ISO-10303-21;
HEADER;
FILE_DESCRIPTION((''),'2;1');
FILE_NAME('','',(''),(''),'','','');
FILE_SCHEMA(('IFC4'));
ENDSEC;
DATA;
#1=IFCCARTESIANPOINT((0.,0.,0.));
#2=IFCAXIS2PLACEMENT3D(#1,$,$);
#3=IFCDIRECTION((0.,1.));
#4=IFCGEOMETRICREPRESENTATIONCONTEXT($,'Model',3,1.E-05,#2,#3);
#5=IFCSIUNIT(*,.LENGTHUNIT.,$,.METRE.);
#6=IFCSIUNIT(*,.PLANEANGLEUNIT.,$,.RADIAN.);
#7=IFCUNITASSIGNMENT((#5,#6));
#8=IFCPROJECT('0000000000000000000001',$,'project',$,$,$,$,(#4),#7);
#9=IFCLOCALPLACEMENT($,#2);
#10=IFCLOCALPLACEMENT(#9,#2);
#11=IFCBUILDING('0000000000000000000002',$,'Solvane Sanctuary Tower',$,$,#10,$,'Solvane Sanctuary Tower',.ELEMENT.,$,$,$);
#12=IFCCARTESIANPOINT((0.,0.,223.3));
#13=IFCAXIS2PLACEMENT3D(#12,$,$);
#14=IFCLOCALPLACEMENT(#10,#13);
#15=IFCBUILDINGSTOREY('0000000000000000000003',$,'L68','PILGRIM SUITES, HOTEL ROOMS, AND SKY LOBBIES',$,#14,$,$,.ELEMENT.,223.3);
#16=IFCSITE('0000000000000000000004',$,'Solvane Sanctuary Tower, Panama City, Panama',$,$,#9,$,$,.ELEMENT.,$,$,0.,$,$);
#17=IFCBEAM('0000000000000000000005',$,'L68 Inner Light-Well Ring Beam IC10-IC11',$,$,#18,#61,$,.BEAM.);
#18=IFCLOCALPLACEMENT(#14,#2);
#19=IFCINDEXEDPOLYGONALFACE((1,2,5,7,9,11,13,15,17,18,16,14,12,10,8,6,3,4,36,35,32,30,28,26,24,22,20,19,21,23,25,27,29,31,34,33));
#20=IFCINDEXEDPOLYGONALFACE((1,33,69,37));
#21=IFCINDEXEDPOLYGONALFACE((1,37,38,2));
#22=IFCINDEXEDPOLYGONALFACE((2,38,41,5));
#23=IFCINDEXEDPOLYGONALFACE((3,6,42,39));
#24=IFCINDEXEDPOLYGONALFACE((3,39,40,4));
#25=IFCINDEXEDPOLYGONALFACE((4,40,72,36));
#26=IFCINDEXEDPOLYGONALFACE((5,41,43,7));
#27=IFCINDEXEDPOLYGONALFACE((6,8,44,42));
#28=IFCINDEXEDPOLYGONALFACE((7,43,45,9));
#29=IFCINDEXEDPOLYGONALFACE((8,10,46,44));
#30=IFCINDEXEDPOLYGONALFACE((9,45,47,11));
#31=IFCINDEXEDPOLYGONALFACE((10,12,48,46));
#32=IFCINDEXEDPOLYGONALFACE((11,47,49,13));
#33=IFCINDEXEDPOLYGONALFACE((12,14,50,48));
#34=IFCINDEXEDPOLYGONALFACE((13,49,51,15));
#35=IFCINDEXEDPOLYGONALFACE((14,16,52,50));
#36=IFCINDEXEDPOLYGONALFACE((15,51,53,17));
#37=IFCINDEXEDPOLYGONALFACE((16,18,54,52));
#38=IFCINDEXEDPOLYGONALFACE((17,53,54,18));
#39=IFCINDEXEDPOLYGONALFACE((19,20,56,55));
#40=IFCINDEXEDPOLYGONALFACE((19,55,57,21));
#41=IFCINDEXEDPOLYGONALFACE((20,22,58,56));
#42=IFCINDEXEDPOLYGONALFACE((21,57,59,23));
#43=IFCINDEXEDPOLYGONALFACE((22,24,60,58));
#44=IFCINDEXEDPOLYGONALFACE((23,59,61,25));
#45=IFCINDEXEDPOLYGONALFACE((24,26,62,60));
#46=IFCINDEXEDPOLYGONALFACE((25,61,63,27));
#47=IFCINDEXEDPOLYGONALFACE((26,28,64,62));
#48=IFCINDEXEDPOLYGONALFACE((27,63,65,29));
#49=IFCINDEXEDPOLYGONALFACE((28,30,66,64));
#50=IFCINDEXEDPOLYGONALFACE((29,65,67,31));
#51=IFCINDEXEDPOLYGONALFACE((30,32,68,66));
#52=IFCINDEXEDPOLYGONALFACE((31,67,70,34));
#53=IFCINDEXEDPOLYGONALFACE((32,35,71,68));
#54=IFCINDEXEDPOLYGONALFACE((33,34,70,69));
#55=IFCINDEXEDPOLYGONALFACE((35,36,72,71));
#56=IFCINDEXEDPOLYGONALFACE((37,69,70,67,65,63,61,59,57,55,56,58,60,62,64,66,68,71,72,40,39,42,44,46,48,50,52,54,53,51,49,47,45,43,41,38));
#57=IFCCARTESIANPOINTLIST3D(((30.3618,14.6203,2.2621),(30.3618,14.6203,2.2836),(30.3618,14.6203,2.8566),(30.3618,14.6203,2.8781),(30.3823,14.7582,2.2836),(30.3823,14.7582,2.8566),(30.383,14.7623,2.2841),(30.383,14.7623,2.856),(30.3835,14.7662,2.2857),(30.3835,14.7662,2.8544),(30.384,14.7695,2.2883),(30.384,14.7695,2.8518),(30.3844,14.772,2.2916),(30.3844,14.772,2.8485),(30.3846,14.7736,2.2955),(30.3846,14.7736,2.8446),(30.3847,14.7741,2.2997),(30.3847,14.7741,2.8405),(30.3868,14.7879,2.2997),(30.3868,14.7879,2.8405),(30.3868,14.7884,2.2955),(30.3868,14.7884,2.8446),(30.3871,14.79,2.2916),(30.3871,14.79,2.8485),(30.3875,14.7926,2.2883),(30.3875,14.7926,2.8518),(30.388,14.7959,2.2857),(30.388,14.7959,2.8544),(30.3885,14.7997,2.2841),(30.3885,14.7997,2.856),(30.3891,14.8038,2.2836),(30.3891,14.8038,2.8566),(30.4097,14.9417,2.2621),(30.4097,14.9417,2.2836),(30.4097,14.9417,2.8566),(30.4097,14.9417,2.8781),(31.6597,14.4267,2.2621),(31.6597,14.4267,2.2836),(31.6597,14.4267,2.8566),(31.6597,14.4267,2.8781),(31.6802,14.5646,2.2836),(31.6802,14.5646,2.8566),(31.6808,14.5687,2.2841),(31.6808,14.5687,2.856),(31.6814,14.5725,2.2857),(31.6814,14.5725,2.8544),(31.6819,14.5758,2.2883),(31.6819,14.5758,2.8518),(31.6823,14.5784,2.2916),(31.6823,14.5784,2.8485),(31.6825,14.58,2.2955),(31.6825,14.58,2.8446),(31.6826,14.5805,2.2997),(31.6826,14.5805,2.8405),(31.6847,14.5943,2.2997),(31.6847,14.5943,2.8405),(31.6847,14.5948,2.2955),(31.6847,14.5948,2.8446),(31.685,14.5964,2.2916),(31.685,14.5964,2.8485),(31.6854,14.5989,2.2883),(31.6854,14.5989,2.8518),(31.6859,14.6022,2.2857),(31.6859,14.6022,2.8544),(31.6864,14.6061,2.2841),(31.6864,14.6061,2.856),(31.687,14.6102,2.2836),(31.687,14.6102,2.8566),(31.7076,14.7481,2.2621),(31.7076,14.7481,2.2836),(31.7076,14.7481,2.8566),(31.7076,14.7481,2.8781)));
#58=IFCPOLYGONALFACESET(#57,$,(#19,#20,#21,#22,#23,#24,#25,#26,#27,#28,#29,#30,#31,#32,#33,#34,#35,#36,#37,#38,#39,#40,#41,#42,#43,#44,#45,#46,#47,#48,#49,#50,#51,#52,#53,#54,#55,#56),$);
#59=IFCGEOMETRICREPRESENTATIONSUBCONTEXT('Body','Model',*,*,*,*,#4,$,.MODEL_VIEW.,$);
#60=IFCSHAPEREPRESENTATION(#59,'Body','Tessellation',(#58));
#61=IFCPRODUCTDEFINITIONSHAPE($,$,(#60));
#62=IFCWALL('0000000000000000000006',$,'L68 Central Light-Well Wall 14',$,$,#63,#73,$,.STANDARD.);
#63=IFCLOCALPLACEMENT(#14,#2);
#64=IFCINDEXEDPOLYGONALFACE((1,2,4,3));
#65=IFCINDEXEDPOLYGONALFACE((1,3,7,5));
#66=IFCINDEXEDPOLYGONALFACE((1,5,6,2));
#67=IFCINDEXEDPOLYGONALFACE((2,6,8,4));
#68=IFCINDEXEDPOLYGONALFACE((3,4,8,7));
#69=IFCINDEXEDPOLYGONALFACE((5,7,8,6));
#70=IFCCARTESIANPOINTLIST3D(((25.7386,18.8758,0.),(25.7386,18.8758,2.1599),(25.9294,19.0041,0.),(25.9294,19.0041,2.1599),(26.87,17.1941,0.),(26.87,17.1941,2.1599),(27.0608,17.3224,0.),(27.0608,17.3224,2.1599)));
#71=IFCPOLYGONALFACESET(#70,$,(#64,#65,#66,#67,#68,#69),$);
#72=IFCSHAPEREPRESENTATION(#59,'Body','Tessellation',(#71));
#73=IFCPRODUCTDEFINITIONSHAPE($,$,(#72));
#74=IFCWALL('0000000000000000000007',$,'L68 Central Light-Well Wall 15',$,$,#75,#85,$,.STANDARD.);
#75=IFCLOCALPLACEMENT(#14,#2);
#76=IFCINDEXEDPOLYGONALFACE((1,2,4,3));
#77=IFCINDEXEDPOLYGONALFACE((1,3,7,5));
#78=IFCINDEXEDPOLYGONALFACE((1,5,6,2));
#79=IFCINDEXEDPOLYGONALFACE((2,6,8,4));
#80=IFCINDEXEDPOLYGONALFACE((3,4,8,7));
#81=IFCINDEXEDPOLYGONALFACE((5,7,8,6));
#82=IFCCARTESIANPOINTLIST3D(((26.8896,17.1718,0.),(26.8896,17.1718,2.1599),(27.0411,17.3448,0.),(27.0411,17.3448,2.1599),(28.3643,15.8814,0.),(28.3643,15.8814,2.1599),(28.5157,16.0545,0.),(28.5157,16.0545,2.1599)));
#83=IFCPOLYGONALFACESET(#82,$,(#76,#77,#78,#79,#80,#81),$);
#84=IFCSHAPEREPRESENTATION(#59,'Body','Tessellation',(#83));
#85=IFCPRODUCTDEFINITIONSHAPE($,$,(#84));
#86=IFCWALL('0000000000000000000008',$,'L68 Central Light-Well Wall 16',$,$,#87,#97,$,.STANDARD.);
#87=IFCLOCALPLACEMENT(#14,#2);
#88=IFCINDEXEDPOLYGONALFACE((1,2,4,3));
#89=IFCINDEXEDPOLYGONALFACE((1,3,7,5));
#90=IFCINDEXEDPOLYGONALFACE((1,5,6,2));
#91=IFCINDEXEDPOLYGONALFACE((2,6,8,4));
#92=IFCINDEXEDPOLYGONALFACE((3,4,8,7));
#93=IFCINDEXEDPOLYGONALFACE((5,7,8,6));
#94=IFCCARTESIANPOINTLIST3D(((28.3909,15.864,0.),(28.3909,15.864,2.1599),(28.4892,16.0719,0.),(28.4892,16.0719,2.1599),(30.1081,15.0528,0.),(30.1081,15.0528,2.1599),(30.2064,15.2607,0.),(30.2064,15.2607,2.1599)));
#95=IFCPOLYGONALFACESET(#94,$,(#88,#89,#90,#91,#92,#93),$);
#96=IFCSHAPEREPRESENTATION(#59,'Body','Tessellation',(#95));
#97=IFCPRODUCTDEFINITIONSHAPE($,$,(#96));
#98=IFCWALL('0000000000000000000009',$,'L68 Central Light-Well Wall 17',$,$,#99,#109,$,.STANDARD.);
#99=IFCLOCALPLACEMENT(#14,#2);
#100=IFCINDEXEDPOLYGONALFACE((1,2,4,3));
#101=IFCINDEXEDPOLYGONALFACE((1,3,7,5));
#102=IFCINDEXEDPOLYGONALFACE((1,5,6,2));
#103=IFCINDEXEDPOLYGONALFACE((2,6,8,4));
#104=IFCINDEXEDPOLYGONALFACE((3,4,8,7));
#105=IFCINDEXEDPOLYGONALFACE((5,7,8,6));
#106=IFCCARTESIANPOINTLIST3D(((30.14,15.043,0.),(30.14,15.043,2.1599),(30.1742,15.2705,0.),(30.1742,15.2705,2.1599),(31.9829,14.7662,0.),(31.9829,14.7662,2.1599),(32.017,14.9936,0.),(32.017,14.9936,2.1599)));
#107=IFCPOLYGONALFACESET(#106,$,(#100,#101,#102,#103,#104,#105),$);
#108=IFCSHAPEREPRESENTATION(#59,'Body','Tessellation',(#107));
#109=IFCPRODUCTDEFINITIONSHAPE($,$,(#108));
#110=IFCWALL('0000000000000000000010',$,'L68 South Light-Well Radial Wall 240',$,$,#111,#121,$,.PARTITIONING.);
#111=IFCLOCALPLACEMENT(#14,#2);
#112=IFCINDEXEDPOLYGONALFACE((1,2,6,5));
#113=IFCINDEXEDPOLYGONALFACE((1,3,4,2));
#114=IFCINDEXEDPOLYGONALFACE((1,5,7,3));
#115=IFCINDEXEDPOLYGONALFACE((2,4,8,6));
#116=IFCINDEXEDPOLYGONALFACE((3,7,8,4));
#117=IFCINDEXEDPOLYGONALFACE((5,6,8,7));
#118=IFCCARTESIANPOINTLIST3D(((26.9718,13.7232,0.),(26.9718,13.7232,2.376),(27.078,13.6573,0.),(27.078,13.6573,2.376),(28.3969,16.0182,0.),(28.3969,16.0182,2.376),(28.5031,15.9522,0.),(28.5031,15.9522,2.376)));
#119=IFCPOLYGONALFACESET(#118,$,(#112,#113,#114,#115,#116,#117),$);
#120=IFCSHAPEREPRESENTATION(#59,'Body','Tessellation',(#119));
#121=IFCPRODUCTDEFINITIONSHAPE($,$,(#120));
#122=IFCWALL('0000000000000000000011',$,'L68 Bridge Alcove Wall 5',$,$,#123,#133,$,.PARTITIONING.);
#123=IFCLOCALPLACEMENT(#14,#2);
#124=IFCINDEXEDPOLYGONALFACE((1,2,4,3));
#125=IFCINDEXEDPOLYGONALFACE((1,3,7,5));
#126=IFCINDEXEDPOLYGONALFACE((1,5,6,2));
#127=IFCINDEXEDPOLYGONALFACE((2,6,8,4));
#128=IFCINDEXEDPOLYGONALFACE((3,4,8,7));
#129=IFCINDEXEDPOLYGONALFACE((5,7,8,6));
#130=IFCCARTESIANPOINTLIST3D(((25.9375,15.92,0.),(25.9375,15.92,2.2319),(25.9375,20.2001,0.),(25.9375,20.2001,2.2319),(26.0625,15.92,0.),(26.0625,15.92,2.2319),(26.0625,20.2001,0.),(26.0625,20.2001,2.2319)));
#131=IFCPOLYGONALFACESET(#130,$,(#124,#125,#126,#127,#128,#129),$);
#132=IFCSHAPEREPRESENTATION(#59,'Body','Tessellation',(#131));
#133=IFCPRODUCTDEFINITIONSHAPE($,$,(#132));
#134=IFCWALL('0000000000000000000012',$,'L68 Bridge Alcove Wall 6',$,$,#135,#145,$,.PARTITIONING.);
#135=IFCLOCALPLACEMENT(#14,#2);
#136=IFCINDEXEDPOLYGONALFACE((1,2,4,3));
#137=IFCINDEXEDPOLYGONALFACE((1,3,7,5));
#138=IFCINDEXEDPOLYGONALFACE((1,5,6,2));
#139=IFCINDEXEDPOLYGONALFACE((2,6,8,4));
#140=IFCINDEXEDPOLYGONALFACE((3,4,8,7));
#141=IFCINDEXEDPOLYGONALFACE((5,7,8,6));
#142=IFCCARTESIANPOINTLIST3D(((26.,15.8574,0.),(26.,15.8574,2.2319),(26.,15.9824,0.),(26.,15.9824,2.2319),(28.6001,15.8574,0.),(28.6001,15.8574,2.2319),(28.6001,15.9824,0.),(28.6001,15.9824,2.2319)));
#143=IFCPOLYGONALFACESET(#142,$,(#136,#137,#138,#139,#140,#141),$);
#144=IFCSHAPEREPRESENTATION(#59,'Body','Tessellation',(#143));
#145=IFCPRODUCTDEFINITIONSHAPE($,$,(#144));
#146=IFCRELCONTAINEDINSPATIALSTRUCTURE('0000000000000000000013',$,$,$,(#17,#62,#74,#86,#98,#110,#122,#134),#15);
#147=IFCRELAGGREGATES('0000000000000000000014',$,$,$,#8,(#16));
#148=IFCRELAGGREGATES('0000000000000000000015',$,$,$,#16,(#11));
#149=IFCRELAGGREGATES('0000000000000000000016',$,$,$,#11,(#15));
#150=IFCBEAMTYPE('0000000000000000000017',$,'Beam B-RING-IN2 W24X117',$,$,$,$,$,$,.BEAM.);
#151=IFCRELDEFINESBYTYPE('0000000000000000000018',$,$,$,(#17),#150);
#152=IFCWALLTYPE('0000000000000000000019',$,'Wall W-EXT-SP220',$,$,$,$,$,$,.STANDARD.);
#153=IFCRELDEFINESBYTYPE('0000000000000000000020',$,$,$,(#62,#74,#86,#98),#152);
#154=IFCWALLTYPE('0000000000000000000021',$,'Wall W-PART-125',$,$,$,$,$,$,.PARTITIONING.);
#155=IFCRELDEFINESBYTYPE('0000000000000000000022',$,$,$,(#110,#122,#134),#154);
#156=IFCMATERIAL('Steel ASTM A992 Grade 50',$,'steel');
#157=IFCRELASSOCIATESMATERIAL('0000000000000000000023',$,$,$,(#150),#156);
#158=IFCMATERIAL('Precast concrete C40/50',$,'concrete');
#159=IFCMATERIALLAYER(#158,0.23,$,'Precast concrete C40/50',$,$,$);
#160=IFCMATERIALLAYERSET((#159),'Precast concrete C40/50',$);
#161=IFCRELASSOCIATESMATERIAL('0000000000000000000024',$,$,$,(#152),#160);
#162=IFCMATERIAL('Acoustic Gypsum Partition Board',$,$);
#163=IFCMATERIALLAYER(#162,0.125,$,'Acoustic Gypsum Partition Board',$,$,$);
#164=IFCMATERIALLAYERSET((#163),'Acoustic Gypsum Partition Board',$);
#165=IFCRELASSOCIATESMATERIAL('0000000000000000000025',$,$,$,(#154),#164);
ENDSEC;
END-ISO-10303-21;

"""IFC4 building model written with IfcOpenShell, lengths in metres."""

from ifc_helpers import new_model, si_unit, direction, frame, frame_2d, origin, origin_2d, place, context, subcontext, project, spatial, rectangle, i_section, extrude, material, layer, layer_set, material_profile, profile_set, type_object, element, save


model = new_model("IFC4")

# Units and contexts
model_context = context("Model", 3, precision=1e-05, world=origin(), true_north=direction((0.0, 1.0)))
body_context = subcontext(model_context, "Body", "Model", "MODEL_VIEW")
ifc_project = project(units=[si_unit("LENGTHUNIT", "METRE"), si_unit("PLANEANGLEUNIT", "RADIAN")], contexts=[model_context])

# Site, building, storey
site_placement = place(None, origin())
site = spatial("IfcSite", under=ifc_project, at=site_placement, Name="Solvane Sanctuary Tower, Panama City, Panama", CompositionType="ELEMENT", RefElevation=0.0)
building_placement = place(site_placement, origin())
building = spatial("IfcBuilding", under=site, at=building_placement, Name="Solvane Sanctuary Tower", LongName="Solvane Sanctuary Tower", CompositionType="ELEMENT")
storey_placement = place(building_placement, frame((0.0, 0.0, 223.3)))
storey = spatial("IfcBuildingStorey", under=building, at=storey_placement, Name="L68", Description="PILGRIM SUITES, HOTEL ROOMS, AND SKY LOBBIES", CompositionType="ELEMENT", Elevation=223.3)

# Beam
ifc_material_1 = material(Name="Steel ASTM A992 Grade 50", Category="steel")
ifc_material_profile_1 = material_profile(ifc_material_1, i_section(OverallWidth=0.325, OverallDepth=0.616, WebThickness=0.0139, FlangeThickness=0.0215, FilletRadius=0.0161, at=origin_2d()), Name="W24X117")
ifc_profile_set_1 = profile_set([ifc_material_profile_1], Name="Steel ASTM A992 Grade 50")
beam_type_1 = type_object("IfcBeamType", Name="Beam B-RING-IN2 W24X117", PredefinedType="BEAM", material=ifc_profile_set_1)
beam_1_placement = place(storey_placement, frame((30.3857, 14.781, 2.5701), z_axis=(0.989056, -0.14754, 0.0), x_axis=(0.14754, 0.989056, 0.0)))
element("IfcBeam", 1, at=beam_1_placement, inside=storey, type_object=beam_type_1, Name="L68 Inner Light-Well Ring Beam IC10-IC11", PredefinedType="BEAM", context=body_context, shape_type="SweptSolid", body=[
    extrude(i_section(OverallWidth=0.325, OverallDepth=0.616, WebThickness=0.0139, FlangeThickness=0.0215, FilletRadius=0.0161, at=origin_2d()), origin(), (0.0, 0.0, 1.0), 1.3123),
])

# Walls
ifc_material_2 = material(Name="Precast concrete C40/50", Category="concrete")
ifc_layer_1 = layer(ifc_material_2, 0.23, Name="Precast concrete C40/50")
ifc_layer_set_1 = layer_set([ifc_layer_1], Name="Precast concrete C40/50")
wall_type_1 = type_object("IfcWallType", Name="Wall W-EXT-SP220", PredefinedType="STANDARD", material=ifc_layer_set_1)
wall_1_placement = place(storey_placement, frame((25.834, 18.9399, 0.0), z_axis=(0.0, 0.0, 1.0), x_axis=(0.558198, -0.829708, 0.0)))
element("IfcWall", 2, at=wall_1_placement, inside=storey, type_object=wall_type_1, Name="L68 Central Light-Well Wall 14", PredefinedType="STANDARD", context=body_context, shape_type="SweptSolid", body=[
    extrude(rectangle(XDim=2.0269, YDim=0.23, at=frame_2d((1.0134, 0.0))), origin(), (0.0, 0.0, 1.0), 2.1599),
])
wall_2_placement = place(storey_placement, frame((26.9653, 17.2583, 0.0), z_axis=(0.0, 0.0, 1.0), x_axis=(0.752577, -0.658505, 0.0)))
element("IfcWall", 3, at=wall_2_placement, inside=storey, type_object=wall_type_1, Name="L68 Central Light-Well Wall 15", PredefinedType="STANDARD", context=body_context, shape_type="SweptSolid", body=[
    extrude(rectangle(XDim=1.9595, YDim=0.23, at=frame_2d((0.9797, 0.0))), origin(), (0.0, 0.0, 1.0), 2.1599),
])
wall_3_placement = place(storey_placement, frame((28.4399, 15.968, 0.0), z_axis=(0.0, 0.0, 1.0), x_axis=(0.90418, -0.427152, 0.0)))
element("IfcWall", 4, at=wall_3_placement, inside=storey, type_object=wall_type_1, Name="L68 Central Light-Well Wall 16", PredefinedType="STANDARD", context=body_context, shape_type="SweptSolid", body=[
    extrude(rectangle(XDim=1.8992, YDim=0.23, at=frame_2d((0.9497, 0.0))), origin(), (0.0, 0.0, 1.0), 2.1599),
])
wall_4_placement = place(storey_placement, frame((30.1572, 15.1567, 0.0), z_axis=(0.0, 0.0, 1.0), x_axis=(0.988902, -0.148571, 0.0)))
element("IfcWall", 5, at=wall_4_placement, inside=storey, type_object=wall_type_1, Name="L68 Central Light-Well Wall 17", PredefinedType="STANDARD", context=body_context, shape_type="SweptSolid", body=[
    extrude(rectangle(XDim=1.8635, YDim=0.23, at=frame_2d((0.9316, 0.0))), origin(), (0.0, 0.0, 1.0), 2.1599),
])
ifc_material_3 = material(Name="Acoustic Gypsum Partition Board")
ifc_layer_2 = layer(ifc_material_3, 0.125, Name="Acoustic Gypsum Partition Board")
ifc_layer_set_2 = layer_set([ifc_layer_2], Name="Acoustic Gypsum Partition Board")
wall_type_2 = type_object("IfcWallType", Name="Wall W-PART-125", PredefinedType="PARTITIONING", material=ifc_layer_set_2)
wall_5_placement = place(storey_placement, frame((28.45, 15.9851, 0.0), z_axis=(0.0, 0.0, 1.0), x_axis=(-0.527527, -0.849538, 0.0)))
element("IfcWall", 6, at=wall_5_placement, inside=storey, type_object=wall_type_2, Name="L68 South Light-Well Radial Wall 240", PredefinedType="PARTITIONING", context=body_context, shape_type="SweptSolid", body=[
    extrude(rectangle(XDim=2.7014, YDim=0.125, at=frame_2d((1.3506, 0.0))), origin(), (0.0, 0.0, 1.0), 2.376),
])
wall_6_placement = place(storey_placement, frame((26.0, 15.9199, 0.0), z_axis=(0.0, 0.0, 1.0), x_axis=(0.0, 1.0, 0.0)))
element("IfcWall", 7, at=wall_6_placement, inside=storey, type_object=wall_type_2, Name="L68 Bridge Alcove Wall 5", PredefinedType="PARTITIONING", context=body_context, shape_type="SweptSolid", body=[
    extrude(rectangle(XDim=4.28, YDim=0.125, at=frame_2d((2.1401, 0.0))), origin(), (0.0, 0.0, 1.0), 2.2319),
])
wall_7_placement = place(storey_placement, frame((26.0, 15.9199, 0.0), z_axis=(0.0, 0.0, 1.0), x_axis=(1.0, 0.0, 0.0)))
element("IfcWall", 8, at=wall_7_placement, inside=storey, type_object=wall_type_2, Name="L68 Bridge Alcove Wall 6", PredefinedType="PARTITIONING", context=body_context, shape_type="SweptSolid", body=[
    extrude(rectangle(XDim=2.6001, YDim=0.125, at=frame_2d((1.3, 0.0))), origin(), (0.0, 0.0, 1.0), 2.2319),
])

save(model, "model.ifc")
